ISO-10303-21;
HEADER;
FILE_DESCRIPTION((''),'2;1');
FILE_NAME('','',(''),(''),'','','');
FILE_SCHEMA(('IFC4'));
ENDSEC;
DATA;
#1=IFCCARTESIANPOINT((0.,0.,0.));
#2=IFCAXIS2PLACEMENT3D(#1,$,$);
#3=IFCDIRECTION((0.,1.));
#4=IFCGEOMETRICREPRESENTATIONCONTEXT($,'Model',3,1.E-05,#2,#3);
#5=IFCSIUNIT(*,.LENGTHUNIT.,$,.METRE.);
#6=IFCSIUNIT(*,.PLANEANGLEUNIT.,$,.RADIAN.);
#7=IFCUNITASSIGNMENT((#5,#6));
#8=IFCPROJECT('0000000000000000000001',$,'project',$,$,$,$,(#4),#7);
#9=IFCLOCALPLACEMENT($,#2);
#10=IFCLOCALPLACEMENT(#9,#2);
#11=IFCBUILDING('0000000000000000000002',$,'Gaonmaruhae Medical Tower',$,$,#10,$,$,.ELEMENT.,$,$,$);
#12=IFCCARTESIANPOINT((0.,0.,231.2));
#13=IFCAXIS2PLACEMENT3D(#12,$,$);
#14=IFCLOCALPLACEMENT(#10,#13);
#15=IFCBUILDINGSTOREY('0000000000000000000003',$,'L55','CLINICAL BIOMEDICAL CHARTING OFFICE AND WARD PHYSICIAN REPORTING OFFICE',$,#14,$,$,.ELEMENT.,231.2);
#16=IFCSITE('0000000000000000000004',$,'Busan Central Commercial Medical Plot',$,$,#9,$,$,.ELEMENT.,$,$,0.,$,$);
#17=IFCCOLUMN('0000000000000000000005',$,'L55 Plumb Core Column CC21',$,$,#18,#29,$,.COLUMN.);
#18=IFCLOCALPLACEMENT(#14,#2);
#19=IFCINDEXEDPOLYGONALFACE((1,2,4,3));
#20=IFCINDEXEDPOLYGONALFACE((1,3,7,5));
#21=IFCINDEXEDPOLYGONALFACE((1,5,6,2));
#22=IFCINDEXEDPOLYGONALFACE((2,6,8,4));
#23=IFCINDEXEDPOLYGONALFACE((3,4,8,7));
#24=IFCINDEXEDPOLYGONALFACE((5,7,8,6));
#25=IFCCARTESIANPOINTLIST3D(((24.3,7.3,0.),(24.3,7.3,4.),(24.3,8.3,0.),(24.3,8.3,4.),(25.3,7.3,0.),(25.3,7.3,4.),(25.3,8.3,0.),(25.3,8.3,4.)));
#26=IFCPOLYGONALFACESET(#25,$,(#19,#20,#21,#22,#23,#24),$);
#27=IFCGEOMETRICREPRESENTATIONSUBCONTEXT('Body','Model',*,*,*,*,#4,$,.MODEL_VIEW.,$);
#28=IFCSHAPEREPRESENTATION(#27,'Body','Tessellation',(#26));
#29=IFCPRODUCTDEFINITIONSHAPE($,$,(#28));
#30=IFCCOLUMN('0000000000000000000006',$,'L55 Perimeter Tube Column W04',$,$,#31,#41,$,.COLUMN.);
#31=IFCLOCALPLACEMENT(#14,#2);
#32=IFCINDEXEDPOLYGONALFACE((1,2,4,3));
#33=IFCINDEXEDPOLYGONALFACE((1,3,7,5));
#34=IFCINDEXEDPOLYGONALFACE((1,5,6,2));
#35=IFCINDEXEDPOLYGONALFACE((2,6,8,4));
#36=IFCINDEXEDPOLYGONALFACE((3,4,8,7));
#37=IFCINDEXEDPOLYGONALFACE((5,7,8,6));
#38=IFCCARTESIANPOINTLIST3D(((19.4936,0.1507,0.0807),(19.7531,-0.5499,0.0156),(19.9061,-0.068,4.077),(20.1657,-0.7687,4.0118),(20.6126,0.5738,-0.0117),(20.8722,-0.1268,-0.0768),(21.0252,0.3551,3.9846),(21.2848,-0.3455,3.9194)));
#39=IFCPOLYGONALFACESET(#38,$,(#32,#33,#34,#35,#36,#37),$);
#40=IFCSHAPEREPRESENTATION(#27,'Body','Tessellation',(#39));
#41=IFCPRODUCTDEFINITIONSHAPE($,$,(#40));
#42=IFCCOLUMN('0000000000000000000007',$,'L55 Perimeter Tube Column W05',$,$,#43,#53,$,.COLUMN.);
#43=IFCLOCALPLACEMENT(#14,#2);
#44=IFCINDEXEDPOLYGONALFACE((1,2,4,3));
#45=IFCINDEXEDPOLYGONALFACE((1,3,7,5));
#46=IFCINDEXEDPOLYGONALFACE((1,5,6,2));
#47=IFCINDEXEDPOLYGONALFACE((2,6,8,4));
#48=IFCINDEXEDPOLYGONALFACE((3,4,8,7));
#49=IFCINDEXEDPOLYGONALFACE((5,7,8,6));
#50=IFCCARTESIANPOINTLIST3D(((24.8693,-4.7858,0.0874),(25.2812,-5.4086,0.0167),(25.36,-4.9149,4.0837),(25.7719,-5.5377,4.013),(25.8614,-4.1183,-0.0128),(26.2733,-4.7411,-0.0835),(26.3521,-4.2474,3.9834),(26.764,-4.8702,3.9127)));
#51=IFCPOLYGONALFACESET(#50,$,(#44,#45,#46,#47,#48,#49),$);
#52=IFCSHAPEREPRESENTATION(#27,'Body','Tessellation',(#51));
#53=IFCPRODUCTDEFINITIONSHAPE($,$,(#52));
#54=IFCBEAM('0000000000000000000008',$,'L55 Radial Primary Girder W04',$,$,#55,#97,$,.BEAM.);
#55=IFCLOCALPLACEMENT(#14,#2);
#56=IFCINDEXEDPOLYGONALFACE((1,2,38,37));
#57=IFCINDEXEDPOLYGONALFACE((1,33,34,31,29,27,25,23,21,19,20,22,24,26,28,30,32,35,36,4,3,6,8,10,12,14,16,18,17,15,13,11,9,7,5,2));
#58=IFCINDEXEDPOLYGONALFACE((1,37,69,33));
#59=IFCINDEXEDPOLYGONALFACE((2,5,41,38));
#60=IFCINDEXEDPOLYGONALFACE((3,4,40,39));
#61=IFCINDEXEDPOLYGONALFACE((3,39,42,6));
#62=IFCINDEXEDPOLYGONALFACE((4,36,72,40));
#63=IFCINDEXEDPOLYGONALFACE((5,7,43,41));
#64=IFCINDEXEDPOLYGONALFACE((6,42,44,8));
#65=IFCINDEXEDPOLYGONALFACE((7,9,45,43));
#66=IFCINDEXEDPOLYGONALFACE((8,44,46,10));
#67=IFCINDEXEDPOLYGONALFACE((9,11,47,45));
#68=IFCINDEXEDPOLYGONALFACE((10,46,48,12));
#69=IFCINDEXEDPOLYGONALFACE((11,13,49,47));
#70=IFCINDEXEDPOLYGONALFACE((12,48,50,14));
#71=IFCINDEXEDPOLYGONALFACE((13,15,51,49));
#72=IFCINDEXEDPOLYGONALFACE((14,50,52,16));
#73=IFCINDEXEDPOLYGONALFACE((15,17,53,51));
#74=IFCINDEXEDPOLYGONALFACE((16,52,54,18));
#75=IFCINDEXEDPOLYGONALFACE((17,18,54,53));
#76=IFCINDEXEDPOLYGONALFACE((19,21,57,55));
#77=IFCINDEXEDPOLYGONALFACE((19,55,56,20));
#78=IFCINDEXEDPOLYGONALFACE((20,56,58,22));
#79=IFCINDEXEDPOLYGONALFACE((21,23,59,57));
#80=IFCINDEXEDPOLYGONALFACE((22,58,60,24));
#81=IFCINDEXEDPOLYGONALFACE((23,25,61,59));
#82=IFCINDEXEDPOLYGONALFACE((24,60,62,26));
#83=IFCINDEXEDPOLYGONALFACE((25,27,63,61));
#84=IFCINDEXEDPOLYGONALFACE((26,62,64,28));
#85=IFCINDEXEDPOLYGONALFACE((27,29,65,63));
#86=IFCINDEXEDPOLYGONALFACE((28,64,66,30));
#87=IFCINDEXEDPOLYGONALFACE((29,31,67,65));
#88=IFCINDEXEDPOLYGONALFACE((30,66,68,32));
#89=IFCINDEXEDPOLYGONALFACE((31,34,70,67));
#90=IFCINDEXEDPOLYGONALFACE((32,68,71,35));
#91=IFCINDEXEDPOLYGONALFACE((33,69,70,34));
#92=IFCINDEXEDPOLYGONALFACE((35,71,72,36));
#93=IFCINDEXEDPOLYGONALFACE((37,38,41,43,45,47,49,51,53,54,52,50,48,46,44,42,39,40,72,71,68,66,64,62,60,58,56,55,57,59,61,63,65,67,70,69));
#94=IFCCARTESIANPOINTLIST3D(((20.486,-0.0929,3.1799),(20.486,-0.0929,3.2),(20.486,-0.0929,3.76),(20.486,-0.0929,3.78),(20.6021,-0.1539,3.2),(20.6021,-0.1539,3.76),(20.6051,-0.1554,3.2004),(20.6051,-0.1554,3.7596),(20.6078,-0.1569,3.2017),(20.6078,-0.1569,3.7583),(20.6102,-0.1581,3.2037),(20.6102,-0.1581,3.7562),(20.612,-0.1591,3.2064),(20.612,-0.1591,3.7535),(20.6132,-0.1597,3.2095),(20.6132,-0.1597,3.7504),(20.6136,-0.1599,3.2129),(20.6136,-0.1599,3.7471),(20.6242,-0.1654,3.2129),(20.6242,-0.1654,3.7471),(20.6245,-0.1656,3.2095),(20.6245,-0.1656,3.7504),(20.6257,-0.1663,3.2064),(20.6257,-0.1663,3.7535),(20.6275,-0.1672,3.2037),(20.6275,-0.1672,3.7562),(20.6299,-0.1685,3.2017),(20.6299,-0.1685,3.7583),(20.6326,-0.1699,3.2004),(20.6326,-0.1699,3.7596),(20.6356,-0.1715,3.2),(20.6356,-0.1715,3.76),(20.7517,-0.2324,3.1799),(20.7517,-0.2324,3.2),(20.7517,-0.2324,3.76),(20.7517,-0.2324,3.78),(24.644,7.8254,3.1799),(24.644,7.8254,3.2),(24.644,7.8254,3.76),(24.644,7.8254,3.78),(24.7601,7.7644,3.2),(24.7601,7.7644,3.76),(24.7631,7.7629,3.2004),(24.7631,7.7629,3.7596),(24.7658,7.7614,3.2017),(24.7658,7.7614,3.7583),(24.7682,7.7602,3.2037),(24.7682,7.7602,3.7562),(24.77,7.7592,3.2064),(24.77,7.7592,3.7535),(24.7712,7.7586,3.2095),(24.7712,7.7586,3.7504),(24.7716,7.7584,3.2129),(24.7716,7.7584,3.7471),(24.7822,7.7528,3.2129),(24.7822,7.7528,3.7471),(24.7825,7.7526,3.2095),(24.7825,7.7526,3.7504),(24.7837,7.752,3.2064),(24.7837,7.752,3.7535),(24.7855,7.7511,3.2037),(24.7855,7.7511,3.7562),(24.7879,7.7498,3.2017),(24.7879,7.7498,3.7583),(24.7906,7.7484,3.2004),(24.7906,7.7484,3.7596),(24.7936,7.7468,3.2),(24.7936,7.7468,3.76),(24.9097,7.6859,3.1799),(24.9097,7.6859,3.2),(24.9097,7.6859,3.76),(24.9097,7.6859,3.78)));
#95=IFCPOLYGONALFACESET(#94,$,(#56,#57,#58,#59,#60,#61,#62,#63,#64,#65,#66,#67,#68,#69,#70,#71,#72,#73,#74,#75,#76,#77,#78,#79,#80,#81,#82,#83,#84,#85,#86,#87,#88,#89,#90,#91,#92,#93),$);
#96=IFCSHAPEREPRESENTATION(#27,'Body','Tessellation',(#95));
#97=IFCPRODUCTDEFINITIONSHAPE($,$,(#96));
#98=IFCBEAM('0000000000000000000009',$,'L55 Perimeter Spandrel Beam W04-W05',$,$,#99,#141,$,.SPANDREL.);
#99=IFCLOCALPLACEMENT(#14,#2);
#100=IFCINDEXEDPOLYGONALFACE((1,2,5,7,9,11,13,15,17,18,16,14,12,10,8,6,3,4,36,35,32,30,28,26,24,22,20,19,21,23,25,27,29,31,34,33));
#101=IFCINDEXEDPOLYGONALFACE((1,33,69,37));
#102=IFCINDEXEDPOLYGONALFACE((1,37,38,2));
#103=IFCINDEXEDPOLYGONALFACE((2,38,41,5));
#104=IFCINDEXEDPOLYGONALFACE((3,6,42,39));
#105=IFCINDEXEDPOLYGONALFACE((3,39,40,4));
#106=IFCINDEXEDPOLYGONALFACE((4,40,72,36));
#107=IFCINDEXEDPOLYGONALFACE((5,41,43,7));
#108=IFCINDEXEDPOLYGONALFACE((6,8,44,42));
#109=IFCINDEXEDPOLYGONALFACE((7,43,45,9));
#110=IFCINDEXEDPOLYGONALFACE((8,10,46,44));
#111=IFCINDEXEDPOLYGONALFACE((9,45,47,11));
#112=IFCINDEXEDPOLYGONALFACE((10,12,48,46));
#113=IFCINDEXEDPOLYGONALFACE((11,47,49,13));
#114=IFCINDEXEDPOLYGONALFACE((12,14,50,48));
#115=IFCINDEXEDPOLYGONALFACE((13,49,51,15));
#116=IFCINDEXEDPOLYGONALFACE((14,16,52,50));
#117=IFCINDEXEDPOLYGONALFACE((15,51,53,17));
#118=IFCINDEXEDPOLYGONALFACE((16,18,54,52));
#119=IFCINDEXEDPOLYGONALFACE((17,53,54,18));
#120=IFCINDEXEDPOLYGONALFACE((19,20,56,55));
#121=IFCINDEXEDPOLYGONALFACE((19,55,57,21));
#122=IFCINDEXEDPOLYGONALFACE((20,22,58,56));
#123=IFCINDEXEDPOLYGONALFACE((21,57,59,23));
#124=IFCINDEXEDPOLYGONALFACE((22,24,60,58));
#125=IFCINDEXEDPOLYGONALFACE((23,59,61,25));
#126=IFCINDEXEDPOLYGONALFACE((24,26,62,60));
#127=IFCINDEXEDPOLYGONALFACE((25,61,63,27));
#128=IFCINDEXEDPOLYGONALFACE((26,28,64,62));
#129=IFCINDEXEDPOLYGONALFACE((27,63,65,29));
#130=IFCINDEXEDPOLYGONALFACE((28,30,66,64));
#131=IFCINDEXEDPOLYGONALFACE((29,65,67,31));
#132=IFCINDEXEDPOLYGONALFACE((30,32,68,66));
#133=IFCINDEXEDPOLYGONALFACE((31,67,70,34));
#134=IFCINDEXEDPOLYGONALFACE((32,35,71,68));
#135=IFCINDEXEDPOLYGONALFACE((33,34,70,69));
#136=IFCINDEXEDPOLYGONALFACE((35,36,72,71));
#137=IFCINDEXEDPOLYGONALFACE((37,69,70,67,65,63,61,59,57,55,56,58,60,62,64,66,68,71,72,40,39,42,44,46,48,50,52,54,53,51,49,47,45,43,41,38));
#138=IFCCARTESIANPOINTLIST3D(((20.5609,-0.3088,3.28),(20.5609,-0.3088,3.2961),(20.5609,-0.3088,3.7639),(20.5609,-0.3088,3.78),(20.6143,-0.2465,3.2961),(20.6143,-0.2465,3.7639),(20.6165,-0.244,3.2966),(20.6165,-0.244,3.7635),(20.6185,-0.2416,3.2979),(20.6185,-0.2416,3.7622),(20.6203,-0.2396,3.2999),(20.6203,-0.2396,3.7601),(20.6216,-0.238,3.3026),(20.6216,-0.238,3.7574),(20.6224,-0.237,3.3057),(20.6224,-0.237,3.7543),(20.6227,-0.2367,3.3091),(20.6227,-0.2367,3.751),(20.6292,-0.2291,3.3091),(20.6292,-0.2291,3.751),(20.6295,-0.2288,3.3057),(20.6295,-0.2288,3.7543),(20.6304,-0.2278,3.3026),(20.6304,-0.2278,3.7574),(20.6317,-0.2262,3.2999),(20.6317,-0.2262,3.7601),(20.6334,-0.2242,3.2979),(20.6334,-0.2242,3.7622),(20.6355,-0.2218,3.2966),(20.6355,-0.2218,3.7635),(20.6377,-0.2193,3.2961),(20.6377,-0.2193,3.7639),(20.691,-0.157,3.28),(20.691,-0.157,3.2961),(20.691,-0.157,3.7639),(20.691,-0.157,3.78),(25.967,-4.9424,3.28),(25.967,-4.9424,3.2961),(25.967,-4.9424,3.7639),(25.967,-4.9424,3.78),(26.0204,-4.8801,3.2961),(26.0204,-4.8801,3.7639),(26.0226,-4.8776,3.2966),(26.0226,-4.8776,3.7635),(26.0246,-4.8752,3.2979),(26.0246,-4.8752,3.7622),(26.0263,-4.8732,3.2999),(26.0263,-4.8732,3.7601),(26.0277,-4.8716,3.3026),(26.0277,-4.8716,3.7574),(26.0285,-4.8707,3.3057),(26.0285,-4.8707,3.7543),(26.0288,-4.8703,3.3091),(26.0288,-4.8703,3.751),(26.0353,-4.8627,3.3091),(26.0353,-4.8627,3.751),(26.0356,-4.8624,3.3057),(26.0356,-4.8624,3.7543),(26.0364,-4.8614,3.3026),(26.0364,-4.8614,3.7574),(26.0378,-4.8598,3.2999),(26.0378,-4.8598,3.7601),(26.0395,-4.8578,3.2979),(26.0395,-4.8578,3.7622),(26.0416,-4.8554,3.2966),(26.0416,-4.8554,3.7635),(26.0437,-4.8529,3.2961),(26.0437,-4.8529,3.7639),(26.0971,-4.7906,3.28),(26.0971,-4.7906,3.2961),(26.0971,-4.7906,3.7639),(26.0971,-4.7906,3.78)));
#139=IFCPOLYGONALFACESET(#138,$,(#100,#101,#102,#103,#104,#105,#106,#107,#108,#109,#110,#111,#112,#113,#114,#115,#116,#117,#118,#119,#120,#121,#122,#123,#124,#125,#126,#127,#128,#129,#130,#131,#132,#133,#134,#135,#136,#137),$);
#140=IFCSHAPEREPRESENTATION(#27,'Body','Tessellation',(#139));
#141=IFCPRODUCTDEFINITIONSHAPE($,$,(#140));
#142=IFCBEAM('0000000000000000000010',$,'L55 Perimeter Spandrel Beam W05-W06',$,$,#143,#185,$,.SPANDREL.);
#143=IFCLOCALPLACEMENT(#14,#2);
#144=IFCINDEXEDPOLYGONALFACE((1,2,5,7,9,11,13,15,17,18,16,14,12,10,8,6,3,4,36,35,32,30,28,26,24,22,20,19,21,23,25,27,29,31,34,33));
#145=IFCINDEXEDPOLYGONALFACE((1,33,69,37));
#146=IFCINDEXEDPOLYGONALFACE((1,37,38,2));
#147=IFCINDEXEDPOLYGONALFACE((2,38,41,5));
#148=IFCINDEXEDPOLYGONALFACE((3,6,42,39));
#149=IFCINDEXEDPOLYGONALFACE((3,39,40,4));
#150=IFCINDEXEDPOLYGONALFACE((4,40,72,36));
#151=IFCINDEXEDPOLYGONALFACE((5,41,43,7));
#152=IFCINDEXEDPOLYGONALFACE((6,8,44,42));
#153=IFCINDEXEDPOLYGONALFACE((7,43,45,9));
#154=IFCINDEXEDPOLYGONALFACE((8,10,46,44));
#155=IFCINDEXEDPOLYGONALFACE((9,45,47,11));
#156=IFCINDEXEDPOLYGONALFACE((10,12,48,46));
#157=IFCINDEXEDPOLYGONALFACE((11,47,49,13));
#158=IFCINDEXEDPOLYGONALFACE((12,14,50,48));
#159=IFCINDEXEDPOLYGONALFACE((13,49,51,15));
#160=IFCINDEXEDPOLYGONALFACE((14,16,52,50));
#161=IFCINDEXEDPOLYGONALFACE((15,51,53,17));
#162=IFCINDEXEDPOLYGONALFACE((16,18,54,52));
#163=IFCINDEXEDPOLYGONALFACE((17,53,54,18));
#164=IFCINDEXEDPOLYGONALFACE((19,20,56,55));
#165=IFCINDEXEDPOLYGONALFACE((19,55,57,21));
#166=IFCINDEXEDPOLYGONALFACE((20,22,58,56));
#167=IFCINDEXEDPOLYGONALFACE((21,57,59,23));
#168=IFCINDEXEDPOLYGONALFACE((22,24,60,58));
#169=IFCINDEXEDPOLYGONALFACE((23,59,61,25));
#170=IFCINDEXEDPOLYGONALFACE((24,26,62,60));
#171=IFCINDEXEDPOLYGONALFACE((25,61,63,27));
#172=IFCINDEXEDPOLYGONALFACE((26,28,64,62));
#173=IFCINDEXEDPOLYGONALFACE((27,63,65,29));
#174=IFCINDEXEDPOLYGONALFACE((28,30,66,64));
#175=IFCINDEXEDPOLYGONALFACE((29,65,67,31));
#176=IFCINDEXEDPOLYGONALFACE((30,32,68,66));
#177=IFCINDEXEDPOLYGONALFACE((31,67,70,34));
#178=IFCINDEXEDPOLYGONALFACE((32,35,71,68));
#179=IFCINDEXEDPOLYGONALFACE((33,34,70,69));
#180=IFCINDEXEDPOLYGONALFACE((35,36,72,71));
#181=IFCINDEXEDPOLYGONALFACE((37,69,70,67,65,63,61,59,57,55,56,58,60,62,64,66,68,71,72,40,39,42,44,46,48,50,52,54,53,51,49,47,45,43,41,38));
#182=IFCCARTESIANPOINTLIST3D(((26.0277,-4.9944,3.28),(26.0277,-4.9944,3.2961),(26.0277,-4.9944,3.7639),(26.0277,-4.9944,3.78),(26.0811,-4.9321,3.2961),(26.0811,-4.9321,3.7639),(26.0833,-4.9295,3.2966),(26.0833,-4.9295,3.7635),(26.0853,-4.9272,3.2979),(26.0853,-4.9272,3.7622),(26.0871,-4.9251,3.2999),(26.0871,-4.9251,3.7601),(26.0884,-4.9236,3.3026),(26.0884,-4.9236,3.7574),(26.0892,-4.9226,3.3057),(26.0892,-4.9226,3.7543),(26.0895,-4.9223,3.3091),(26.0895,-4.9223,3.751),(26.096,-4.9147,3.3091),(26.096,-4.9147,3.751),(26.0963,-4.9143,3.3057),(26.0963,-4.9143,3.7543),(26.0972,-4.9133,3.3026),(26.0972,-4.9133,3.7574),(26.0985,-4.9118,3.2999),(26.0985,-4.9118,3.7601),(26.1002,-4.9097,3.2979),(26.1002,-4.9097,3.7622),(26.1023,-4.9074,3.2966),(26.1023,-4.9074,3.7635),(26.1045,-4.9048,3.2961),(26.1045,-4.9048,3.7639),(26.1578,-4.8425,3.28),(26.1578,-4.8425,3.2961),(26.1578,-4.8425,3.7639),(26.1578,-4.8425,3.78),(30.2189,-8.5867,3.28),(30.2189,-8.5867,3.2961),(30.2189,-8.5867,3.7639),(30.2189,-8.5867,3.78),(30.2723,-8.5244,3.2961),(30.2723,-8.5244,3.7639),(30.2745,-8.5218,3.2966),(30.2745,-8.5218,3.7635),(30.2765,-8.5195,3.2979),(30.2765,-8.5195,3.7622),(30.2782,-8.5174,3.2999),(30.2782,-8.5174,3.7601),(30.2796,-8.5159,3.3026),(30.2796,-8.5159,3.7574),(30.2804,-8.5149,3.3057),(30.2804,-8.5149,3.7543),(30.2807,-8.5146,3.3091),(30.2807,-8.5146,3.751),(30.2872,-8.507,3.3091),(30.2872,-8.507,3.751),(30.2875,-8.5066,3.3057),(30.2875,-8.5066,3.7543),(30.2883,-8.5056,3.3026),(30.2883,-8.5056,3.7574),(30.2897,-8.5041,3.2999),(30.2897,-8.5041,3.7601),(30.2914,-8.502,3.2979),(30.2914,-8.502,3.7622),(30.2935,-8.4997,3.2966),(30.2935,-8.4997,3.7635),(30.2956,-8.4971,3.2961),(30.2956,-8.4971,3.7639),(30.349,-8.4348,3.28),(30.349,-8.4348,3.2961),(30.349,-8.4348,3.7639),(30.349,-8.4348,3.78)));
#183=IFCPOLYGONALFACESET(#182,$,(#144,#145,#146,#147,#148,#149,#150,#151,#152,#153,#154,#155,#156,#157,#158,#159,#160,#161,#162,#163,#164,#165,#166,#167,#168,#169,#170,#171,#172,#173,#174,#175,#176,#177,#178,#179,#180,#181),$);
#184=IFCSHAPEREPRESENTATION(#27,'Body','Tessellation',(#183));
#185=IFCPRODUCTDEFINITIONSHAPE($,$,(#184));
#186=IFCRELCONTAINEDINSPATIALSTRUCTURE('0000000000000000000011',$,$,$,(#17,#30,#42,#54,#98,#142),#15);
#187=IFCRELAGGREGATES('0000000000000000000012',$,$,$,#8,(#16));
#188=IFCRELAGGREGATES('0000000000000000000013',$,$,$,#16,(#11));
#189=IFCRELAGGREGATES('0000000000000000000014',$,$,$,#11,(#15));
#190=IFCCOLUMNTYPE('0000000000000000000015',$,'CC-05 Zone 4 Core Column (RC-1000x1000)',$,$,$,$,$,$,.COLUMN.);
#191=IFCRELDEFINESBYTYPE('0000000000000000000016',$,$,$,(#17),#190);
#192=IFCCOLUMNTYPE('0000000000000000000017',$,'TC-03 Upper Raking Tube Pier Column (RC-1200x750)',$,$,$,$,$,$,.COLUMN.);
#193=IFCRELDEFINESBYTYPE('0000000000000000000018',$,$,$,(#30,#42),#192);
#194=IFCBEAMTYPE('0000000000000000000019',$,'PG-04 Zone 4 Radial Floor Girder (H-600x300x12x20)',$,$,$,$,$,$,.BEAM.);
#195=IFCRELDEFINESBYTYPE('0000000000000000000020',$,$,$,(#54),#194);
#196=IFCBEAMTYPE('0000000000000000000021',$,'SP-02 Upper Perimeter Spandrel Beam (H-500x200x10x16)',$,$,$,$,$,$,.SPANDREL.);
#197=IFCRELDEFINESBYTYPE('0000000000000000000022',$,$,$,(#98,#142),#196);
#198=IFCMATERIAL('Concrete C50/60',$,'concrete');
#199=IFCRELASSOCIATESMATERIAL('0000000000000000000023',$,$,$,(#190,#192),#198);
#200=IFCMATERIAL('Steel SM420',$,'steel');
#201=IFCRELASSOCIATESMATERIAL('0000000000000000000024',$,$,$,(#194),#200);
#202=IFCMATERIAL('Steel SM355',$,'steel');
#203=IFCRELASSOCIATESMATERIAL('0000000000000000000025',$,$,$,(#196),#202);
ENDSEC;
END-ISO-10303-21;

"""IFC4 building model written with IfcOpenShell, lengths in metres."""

from ifc_helpers import new_model, si_unit, direction, frame, origin, origin_2d, place, context, subcontext, project, spatial, rectangle, i_section, extrude, material, material_profile, profile_set, type_object, element, save


model = new_model("IFC4")

# Units and contexts
model_context = context("Model", 3, precision=1e-05, world=origin(), true_north=direction((0.0, 1.0)))
body_context = subcontext(model_context, "Body", "Model", "MODEL_VIEW")
ifc_project = project(units=[si_unit("LENGTHUNIT", "METRE"), si_unit("PLANEANGLEUNIT", "RADIAN")], contexts=[model_context])

# Site, building, storey
site_placement = place(None, origin())
site = spatial("IfcSite", under=ifc_project, at=site_placement, Name="Busan Central Commercial Medical Plot", CompositionType="ELEMENT", RefElevation=0.0)
building_placement = place(site_placement, origin())
building = spatial("IfcBuilding", under=site, at=building_placement, Name="Gaonmaruhae Medical Tower", CompositionType="ELEMENT")
storey_placement = place(building_placement, frame((0.0, 0.0, 231.2)))
storey = spatial("IfcBuildingStorey", under=building, at=storey_placement, Name="L55", Description="CLINICAL BIOMEDICAL CHARTING OFFICE AND WARD PHYSICIAN REPORTING OFFICE", CompositionType="ELEMENT", Elevation=231.2)

# Columns
ifc_material_1 = material(Name="Concrete C50/60", Category="concrete")
ifc_material_profile_1 = material_profile(ifc_material_1, rectangle(XDim=1.0, YDim=1.0, at=origin_2d()), Name="RC-1000x1000")
ifc_profile_set_1 = profile_set([ifc_material_profile_1], Name="Concrete C50/60")
column_type_1 = type_object("IfcColumnType", Name="CC-05 Zone 4 Core Column (RC-1000x1000)", PredefinedType="COLUMN", material=ifc_profile_set_1)
column_1_placement = place(storey_placement, frame((24.8, 7.8, 0.0), z_axis=(0.0, 0.0, 1.0), x_axis=(1.0, 0.0, 0.0)))
element("IfcColumn", 1, at=column_1_placement, inside=storey, type_object=column_type_1, Name="L55 Plumb Core Column CC21", PredefinedType="COLUMN", context=body_context, shape_type="SweptSolid", body=[
    extrude(rectangle(XDim=1.0, YDim=1.0, at=origin_2d()), origin(), (0.0, 0.0, 1.0), 4.0),
])
ifc_material_profile_2 = material_profile(ifc_material_1, rectangle(XDim=1.2, YDim=0.75, at=origin_2d()), Name="RC-1200x750")
ifc_profile_set_2 = profile_set([ifc_material_profile_2], Name="Concrete C50/60")
column_type_2 = type_object("IfcColumnType", Name="TC-03 Upper Raking Tube Pier Column (RC-1200x750)", PredefinedType="COLUMN", material=ifc_profile_set_2)
column_2_placement = place(storey_placement, frame((20.1829, 0.012, 0.002), z_axis=(0.102546, -0.054368, 0.993241), x_axis=(-0.932599, -0.352609, 0.076984)))
element("IfcColumn", 2, at=column_2_placement, inside=storey, type_object=column_type_2, Name="L55 Perimeter Tube Column W04", PredefinedType="COLUMN", context=body_context, shape_type="SweptSolid", body=[
    extrude(rectangle(XDim=1.2, YDim=0.75, at=origin_2d()), origin(), (0.0, 0.0, 1.0), 4.0234),
])
column_3_placement = place(storey_placement, frame((25.5713, -4.7634, 0.002), z_axis=(0.121815, -0.03206, 0.992035), x_axis=(-0.826796, -0.556262, 0.083548)))
element("IfcColumn", 3, at=column_3_placement, inside=storey, type_object=column_type_2, Name="L55 Perimeter Tube Column W05", PredefinedType="COLUMN", context=body_context, shape_type="SweptSolid", body=[
    extrude(rectangle(XDim=1.2, YDim=0.75, at=origin_2d()), origin(), (0.0, 0.0, 1.0), 4.0283),
])

# Beams
ifc_material_2 = material(Name="Steel SM420", Category="steel")
ifc_material_profile_3 = material_profile(ifc_material_2, i_section(OverallWidth=0.3, OverallDepth=0.6001, WebThickness=0.012, FlangeThickness=0.02, FilletRadius=0.0129, at=origin_2d()), Name="H-600x300x12x20")
ifc_profile_set_3 = profile_set([ifc_material_profile_3], Name="Steel SM420")
beam_type_1 = type_object("IfcBeamType", Name="PG-04 Zone 4 Radial Floor Girder (H-600x300x12x20)", PredefinedType="BEAM", material=ifc_profile_set_3)
beam_1_placement = place(storey_placement, frame((24.7769, 7.7556, 3.48), z_axis=(-0.464913, -0.885357, 0.0), x_axis=(0.885357, -0.464913, 0.0)))
element("IfcBeam", 4, at=beam_1_placement, inside=storey, type_object=beam_type_1, Name="L55 Radial Primary Girder W04", PredefinedType="BEAM", context=body_context, shape_type="SweptSolid", body=[
    extrude(i_section(OverallWidth=0.3, OverallDepth=0.6001, WebThickness=0.012, FlangeThickness=0.02, FilletRadius=0.0129, at=origin_2d()), origin(), (0.0, 0.0, 1.0), 8.9436),
])
ifc_material_3 = material(Name="Steel SM355", Category="steel")
ifc_material_profile_4 = material_profile(ifc_material_3, i_section(OverallWidth=0.2, OverallDepth=0.5, WebThickness=0.01, FlangeThickness=0.0161, FilletRadius=0.0129, at=origin_2d()), Name="H-500x200x10x16")
ifc_profile_set_4 = profile_set([ifc_material_profile_4], Name="Steel SM355")
beam_type_2 = type_object("IfcBeamType", Name="SP-02 Upper Perimeter Spandrel Beam (H-500x200x10x16)", PredefinedType="SPANDREL", material=ifc_profile_set_4)
beam_2_placement = place(storey_placement, frame((20.626, -0.2329, 3.53), z_axis=(0.759269, -0.650777, 0.0), x_axis=(0.650777, 0.759269, 0.0)))
element("IfcBeam", 5, at=beam_2_placement, inside=storey, type_object=beam_type_2, Name="L55 Perimeter Spandrel Beam W04-W05", PredefinedType="SPANDREL", context=body_context, shape_type="SweptSolid", body=[
    extrude(i_section(OverallWidth=0.2, OverallDepth=0.5, WebThickness=0.01, FlangeThickness=0.0161, FilletRadius=0.0129, at=origin_2d()), origin(), (0.0, 0.0, 1.0), 7.1201),
])
beam_3_placement = place(storey_placement, frame((26.0928, -4.9185, 3.53), z_axis=(0.759269, -0.650777, 0.0), x_axis=(0.650777, 0.759269, 0.0)))
element("IfcBeam", 6, at=beam_3_placement, inside=storey, type_object=beam_type_2, Name="L55 Perimeter Spandrel Beam W05-W06", PredefinedType="SPANDREL", context=body_context, shape_type="SweptSolid", body=[
    extrude(i_section(OverallWidth=0.2, OverallDepth=0.5, WebThickness=0.01, FlangeThickness=0.0161, FilletRadius=0.0129, at=origin_2d()), origin(), (0.0, 0.0, 1.0), 5.52),
])

save(model, "model.ifc")
